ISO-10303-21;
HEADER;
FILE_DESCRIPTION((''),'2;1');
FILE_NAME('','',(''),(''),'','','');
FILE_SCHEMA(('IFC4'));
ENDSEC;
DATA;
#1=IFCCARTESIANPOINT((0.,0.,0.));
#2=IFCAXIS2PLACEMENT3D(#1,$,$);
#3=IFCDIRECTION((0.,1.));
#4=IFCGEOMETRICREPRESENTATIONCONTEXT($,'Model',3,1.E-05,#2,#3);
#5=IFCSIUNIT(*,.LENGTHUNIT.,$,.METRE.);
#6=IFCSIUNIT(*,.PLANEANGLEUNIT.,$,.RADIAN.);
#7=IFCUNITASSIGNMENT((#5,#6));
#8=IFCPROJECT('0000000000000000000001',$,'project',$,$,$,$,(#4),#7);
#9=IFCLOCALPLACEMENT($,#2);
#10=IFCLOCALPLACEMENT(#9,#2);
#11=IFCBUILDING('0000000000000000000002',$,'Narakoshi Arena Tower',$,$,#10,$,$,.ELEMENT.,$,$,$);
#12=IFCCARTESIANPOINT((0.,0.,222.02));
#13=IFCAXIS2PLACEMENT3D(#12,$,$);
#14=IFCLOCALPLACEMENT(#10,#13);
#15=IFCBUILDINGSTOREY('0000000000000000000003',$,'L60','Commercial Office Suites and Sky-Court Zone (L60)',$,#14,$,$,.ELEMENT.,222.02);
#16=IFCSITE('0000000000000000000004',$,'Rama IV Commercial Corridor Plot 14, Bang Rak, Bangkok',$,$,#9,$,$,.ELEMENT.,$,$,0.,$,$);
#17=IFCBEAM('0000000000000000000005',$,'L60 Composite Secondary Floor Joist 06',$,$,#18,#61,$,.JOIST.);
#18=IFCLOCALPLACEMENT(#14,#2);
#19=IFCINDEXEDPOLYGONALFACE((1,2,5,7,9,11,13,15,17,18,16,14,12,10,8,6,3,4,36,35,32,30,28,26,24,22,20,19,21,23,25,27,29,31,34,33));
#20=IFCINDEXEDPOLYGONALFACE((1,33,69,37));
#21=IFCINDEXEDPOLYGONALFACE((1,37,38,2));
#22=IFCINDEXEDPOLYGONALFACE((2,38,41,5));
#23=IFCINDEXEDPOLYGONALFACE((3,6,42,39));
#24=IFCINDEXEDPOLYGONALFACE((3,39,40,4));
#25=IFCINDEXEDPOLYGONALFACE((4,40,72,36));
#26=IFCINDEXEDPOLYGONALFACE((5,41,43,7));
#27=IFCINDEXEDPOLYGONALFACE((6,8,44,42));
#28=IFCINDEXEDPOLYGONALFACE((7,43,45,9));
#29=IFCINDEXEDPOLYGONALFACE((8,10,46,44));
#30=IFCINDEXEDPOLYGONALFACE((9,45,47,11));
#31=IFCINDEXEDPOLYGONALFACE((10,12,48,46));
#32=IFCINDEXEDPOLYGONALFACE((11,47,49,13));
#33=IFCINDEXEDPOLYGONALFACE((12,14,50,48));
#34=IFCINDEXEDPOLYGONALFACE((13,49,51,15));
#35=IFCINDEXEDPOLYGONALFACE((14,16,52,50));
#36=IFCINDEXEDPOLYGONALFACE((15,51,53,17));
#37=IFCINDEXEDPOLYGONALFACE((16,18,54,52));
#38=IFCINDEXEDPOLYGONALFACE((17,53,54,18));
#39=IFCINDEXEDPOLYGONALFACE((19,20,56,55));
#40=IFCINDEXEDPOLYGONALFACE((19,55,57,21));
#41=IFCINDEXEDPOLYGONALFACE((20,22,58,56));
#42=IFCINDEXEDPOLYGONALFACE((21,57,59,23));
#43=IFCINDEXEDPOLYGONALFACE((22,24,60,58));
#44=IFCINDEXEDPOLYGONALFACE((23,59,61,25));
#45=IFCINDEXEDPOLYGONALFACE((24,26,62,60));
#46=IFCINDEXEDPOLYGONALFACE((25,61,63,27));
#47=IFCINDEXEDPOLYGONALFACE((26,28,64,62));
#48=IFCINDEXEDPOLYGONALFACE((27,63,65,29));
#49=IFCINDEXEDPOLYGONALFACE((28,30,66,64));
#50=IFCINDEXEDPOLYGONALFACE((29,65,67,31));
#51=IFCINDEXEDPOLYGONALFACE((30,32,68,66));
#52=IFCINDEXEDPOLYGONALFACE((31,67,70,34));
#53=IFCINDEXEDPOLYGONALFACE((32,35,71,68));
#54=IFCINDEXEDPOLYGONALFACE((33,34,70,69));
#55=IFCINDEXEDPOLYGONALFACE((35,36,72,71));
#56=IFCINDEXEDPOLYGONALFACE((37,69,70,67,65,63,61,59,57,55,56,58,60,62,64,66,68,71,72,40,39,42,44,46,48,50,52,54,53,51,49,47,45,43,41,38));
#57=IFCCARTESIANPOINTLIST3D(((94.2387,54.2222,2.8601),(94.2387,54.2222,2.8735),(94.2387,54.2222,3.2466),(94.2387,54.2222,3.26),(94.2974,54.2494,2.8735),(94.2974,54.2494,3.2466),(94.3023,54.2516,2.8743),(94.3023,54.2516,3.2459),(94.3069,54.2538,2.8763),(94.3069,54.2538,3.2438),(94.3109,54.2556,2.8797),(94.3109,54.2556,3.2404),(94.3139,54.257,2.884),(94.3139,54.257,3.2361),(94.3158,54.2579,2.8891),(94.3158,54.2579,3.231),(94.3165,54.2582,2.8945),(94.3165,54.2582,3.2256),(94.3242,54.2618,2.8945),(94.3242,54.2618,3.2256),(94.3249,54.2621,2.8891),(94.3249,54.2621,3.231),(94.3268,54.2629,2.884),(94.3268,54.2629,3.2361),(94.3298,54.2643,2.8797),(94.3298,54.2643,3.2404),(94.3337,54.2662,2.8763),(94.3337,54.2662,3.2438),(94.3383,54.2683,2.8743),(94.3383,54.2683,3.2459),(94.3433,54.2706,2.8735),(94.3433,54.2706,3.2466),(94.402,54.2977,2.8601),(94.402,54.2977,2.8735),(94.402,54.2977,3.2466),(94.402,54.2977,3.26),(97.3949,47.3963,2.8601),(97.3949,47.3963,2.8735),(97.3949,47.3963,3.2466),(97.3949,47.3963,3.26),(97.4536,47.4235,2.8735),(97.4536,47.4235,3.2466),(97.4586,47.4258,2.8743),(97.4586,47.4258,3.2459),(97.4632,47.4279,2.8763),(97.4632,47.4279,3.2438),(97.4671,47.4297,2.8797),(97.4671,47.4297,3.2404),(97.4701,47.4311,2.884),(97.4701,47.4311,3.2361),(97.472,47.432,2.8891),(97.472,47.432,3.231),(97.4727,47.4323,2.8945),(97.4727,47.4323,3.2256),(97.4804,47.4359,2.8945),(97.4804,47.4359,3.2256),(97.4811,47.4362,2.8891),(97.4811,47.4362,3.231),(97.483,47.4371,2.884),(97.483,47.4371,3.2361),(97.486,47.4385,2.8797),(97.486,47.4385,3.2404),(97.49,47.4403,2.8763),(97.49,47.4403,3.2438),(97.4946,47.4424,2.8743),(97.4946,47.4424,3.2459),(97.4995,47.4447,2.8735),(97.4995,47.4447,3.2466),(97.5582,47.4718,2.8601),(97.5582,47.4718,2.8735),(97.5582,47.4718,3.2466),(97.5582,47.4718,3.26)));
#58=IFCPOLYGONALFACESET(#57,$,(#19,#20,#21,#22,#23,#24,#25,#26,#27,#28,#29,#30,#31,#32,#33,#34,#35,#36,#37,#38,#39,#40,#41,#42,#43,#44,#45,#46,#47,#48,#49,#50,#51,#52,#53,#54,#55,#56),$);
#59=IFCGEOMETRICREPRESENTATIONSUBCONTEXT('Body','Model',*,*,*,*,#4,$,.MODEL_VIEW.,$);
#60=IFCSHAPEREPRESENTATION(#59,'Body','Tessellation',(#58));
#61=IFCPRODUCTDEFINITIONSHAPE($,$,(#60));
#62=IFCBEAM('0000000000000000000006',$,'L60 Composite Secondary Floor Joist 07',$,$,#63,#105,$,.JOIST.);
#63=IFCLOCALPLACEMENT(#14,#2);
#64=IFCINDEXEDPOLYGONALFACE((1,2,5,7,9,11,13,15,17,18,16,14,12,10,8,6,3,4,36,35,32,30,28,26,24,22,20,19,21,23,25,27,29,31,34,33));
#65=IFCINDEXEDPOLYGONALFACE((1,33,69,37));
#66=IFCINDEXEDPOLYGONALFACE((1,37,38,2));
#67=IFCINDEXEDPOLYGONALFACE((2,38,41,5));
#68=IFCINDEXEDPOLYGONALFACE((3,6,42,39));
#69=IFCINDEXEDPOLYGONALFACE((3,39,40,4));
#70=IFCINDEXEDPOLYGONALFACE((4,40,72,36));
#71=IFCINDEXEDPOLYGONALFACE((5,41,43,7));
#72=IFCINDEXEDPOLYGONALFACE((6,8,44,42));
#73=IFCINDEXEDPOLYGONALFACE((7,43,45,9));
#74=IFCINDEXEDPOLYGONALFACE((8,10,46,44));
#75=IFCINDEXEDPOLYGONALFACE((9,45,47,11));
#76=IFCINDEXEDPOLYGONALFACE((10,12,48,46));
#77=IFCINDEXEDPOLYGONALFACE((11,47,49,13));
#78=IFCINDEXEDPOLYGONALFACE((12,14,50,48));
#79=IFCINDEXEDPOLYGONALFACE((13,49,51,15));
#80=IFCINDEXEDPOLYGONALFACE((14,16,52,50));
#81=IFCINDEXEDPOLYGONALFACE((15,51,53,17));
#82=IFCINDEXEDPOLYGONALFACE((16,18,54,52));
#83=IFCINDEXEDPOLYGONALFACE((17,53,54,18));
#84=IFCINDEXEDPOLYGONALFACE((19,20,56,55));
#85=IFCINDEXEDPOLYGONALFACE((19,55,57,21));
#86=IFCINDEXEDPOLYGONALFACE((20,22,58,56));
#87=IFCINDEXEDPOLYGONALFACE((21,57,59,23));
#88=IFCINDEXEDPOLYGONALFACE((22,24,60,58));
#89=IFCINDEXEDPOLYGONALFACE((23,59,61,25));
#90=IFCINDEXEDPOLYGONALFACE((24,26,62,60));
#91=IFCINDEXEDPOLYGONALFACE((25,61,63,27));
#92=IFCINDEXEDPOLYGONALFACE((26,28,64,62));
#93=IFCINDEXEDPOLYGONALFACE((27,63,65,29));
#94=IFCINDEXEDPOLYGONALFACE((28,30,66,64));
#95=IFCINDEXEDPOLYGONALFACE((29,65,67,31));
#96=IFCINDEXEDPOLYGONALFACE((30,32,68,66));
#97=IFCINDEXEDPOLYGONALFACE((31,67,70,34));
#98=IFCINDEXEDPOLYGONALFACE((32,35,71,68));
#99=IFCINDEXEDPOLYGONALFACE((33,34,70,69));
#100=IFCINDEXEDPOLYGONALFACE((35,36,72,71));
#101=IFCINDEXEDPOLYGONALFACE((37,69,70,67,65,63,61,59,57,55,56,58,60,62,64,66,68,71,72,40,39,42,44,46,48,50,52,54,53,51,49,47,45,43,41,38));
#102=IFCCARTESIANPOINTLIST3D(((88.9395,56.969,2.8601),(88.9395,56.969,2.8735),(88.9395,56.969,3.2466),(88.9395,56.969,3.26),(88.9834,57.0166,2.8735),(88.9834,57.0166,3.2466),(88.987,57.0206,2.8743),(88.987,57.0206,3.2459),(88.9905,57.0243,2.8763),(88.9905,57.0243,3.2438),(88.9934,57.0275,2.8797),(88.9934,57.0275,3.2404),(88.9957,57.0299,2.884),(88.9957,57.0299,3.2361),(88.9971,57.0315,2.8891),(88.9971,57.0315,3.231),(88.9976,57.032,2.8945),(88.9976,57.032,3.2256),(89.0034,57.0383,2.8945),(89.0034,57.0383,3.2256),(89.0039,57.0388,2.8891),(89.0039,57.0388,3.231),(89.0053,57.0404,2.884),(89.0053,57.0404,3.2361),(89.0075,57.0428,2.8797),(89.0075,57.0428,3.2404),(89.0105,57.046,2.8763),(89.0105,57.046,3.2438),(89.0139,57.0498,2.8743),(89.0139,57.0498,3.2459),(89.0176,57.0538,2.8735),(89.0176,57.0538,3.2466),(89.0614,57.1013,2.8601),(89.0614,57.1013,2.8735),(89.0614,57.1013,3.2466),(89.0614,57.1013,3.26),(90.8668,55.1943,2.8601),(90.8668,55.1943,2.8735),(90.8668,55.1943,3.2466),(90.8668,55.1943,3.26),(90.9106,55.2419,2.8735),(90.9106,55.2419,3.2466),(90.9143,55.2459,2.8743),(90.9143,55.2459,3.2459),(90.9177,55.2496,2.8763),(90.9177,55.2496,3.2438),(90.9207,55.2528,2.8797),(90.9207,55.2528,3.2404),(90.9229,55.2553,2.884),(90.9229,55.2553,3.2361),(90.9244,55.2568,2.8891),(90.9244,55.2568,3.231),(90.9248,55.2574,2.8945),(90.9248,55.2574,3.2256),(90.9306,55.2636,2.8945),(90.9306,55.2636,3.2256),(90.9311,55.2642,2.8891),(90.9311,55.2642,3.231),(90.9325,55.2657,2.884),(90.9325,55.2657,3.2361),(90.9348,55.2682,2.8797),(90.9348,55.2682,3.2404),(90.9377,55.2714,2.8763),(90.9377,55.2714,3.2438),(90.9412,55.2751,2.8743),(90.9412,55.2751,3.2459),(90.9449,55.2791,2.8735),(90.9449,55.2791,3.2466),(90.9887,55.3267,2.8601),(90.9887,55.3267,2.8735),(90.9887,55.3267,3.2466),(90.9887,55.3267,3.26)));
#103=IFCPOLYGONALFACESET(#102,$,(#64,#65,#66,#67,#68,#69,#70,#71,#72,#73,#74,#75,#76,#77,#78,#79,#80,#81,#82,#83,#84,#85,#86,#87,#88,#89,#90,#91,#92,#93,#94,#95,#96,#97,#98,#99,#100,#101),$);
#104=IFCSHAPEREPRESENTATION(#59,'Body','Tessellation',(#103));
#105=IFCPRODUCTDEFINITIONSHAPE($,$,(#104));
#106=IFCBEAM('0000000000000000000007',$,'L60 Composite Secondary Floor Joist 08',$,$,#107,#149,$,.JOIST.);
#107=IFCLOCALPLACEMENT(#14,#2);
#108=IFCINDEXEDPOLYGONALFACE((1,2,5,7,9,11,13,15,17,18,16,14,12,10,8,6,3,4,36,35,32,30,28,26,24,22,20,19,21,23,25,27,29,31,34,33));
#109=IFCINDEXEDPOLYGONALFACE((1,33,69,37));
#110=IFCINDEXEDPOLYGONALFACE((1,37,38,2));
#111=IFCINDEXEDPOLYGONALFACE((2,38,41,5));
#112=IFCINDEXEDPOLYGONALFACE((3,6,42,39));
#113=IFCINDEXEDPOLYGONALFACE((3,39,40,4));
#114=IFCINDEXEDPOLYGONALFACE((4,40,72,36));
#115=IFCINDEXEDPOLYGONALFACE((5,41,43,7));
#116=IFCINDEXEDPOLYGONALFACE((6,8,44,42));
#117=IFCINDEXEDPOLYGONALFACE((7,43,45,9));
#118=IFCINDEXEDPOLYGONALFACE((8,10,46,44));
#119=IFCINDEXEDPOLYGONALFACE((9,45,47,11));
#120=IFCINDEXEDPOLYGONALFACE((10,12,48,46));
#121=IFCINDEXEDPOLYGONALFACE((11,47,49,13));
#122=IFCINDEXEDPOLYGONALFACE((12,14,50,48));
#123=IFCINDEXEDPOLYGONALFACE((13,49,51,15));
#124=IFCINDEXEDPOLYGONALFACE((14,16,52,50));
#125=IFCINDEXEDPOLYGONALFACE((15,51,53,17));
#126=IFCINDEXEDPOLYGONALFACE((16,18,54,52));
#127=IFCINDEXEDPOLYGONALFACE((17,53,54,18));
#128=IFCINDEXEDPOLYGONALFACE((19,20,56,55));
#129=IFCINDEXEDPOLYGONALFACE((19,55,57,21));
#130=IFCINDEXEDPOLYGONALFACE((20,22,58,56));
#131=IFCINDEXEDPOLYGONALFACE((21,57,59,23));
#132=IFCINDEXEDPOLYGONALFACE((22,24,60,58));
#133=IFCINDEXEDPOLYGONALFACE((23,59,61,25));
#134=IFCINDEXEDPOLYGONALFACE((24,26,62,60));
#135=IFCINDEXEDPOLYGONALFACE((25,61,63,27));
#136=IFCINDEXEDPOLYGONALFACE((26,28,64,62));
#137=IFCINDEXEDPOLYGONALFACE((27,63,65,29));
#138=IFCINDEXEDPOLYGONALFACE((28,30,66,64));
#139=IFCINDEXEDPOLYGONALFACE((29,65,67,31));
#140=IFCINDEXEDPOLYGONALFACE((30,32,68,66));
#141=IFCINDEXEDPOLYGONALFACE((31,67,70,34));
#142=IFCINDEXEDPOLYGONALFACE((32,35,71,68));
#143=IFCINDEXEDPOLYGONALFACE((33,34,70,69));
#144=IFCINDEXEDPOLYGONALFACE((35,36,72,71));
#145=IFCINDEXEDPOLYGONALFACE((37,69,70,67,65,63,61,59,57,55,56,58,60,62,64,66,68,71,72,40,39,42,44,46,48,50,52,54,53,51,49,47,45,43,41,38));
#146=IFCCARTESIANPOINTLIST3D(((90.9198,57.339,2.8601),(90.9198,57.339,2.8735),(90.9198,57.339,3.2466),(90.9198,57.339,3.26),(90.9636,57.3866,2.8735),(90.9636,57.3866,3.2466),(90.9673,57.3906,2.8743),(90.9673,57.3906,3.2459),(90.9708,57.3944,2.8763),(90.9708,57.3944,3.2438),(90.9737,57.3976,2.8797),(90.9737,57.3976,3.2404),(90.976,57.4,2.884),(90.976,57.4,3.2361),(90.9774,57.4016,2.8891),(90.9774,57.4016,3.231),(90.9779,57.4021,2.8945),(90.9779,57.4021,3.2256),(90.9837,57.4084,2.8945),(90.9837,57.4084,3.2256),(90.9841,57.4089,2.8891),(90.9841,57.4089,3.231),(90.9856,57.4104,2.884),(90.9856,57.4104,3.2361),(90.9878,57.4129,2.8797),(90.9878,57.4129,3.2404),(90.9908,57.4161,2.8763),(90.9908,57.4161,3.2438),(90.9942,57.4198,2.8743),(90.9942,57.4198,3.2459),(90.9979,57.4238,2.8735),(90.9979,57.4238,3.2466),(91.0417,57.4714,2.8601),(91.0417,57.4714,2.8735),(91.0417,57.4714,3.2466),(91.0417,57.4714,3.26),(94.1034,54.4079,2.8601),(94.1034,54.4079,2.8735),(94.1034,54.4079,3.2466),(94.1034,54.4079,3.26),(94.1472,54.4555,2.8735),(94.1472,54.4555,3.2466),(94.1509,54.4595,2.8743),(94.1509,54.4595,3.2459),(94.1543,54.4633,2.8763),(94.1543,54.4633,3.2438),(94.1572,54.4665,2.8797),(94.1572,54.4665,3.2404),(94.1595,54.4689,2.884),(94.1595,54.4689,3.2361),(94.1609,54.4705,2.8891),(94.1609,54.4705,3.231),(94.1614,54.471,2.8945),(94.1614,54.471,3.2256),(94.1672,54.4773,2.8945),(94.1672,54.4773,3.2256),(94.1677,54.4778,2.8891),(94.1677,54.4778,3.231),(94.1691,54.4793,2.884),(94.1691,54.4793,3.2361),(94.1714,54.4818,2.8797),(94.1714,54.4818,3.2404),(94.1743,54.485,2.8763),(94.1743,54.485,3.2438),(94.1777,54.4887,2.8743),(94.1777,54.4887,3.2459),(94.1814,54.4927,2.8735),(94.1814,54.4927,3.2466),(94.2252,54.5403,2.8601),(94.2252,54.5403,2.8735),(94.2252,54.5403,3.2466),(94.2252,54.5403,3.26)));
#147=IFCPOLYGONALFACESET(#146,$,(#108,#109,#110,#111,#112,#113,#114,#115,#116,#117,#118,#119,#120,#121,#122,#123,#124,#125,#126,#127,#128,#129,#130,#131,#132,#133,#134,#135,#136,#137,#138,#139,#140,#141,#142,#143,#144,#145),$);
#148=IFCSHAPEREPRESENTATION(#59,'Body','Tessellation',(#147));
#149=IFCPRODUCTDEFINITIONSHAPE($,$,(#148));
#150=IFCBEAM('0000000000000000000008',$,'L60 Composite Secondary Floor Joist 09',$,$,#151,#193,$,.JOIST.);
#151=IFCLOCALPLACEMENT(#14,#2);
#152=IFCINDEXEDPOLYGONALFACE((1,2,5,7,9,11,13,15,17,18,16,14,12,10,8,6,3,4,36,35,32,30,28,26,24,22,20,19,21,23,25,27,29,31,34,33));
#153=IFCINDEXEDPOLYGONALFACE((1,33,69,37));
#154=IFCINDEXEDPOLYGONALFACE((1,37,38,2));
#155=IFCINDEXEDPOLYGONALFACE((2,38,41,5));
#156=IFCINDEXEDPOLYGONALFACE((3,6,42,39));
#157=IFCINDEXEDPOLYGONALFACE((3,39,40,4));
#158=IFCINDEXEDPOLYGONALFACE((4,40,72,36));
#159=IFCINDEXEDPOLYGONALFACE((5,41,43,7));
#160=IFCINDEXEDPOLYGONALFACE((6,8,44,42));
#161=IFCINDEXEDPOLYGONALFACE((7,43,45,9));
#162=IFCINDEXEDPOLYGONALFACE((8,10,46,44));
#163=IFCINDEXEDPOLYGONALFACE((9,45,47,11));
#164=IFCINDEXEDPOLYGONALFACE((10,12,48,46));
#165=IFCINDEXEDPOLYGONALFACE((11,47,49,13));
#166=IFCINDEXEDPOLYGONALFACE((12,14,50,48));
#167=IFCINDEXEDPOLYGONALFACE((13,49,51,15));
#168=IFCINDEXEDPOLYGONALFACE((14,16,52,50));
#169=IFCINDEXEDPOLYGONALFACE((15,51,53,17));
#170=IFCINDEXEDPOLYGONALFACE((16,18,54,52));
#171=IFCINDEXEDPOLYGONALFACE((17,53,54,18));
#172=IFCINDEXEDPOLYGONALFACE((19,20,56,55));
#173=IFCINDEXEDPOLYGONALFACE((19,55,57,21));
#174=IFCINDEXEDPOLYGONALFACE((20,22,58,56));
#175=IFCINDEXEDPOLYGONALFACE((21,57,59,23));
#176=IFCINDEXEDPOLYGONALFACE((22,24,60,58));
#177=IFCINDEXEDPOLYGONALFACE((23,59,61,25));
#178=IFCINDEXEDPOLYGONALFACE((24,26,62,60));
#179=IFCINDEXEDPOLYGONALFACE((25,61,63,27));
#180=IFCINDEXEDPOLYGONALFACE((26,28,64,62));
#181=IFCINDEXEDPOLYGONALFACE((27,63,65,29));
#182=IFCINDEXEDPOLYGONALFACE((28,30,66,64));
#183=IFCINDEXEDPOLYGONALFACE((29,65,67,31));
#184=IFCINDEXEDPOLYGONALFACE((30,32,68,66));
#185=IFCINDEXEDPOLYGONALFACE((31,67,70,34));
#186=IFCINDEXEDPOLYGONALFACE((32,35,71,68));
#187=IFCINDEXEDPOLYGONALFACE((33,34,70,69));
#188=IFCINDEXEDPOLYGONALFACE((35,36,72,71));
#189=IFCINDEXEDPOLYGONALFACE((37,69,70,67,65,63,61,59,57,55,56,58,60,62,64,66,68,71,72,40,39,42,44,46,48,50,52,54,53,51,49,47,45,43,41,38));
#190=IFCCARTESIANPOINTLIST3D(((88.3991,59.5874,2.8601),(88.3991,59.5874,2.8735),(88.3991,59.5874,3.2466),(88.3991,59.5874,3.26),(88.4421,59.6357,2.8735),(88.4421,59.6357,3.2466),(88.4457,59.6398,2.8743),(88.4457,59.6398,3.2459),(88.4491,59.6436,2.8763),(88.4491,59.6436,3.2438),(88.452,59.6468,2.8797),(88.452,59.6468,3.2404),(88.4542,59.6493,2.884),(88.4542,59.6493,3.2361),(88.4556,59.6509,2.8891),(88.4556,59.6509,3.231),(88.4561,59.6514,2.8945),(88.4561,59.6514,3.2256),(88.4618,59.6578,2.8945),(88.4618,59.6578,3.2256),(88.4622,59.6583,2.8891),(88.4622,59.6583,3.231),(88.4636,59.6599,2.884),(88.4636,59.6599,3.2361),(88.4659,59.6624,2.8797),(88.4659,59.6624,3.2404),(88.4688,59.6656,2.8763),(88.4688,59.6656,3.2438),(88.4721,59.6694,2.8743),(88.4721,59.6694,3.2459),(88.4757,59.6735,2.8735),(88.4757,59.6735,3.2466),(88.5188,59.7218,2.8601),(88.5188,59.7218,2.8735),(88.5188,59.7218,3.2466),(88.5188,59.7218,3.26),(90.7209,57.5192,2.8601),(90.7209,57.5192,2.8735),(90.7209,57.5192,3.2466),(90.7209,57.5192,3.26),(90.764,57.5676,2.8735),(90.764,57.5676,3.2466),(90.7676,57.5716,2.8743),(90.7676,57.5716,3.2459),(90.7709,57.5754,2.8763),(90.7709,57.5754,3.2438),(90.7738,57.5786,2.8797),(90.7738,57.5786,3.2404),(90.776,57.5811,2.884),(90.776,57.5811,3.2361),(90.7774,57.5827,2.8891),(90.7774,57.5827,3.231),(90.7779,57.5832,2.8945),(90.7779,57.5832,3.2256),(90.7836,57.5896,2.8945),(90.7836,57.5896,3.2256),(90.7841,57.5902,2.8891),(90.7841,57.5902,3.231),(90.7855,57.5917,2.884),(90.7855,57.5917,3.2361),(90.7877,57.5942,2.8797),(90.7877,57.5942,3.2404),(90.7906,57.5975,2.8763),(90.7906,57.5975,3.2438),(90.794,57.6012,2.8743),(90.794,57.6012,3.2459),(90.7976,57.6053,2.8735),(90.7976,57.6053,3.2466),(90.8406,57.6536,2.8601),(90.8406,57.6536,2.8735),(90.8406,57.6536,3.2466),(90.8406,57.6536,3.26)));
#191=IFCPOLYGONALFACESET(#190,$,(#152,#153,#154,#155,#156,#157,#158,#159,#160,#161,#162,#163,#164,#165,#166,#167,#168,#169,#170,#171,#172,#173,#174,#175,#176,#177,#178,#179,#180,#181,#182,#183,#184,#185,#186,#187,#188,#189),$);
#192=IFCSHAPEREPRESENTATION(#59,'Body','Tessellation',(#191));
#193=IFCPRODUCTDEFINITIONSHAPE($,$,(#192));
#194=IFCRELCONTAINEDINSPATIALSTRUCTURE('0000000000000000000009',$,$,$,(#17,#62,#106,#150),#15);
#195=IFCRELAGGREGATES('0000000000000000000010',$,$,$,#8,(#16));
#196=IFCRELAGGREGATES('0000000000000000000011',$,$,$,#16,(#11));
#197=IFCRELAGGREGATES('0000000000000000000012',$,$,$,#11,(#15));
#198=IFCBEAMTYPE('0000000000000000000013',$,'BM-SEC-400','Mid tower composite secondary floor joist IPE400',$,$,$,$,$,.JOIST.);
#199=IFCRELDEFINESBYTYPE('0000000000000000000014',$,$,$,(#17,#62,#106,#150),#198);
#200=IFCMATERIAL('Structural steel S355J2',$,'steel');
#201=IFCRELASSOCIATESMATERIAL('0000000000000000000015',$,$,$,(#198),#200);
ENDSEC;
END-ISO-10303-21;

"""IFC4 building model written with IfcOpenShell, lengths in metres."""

from ifc_helpers import new_model, si_unit, direction, frame, origin, origin_2d, place, context, subcontext, project, spatial, i_section, extrude, material, material_profile, profile_set, type_object, element, save


model = new_model("IFC4")

# Units and contexts
model_context = context("Model", 3, precision=1e-05, world=origin(), true_north=direction((0.0, 1.0)))
body_context = subcontext(model_context, "Body", "Model", "MODEL_VIEW")
ifc_project = project(units=[si_unit("LENGTHUNIT", "METRE"), si_unit("PLANEANGLEUNIT", "RADIAN")], contexts=[model_context])

# Site, building, storey
site_placement = place(None, origin())
site = spatial("IfcSite", under=ifc_project, at=site_placement, Name="Rama IV Commercial Corridor Plot 14, Bang Rak, Bangkok", CompositionType="ELEMENT", RefElevation=0.0)
building_placement = place(site_placement, origin())
building = spatial("IfcBuilding", under=site, at=building_placement, Name="Narakoshi Arena Tower", CompositionType="ELEMENT")
storey_placement = place(building_placement, frame((0.0, 0.0, 222.02)))
storey = spatial("IfcBuildingStorey", under=building, at=storey_placement, Name="L60", Description="Commercial Office Suites and Sky-Court Zone (L60)", CompositionType="ELEMENT", Elevation=222.02)

# Beams
ifc_material_1 = material(Name="Structural steel S355J2", Category="steel")
ifc_material_profile_1 = material_profile(ifc_material_1, i_section(OverallWidth=0.1799, OverallDepth=0.3999, WebThickness=0.0085, FlangeThickness=0.0134, FilletRadius=0.021, at=origin_2d()), Name="IPE400")
ifc_profile_set_1 = profile_set([ifc_material_profile_1], Name="Structural steel S355J2")
beam_type_1 = type_object("IfcBeamType", Name="BM-SEC-400", Description="Mid tower composite secondary floor joist IPE400", PredefinedType="JOIST", material=ifc_profile_set_1)
beam_1_placement = place(storey_placement, frame((97.4766, 47.4341, 3.0601), z_axis=(-0.419696, 0.907665, 0.0), x_axis=(-0.907665, -0.419696, 0.0)))
element("IfcBeam", 1, at=beam_1_placement, inside=storey, type_object=beam_type_1, Name="L60 Composite Secondary Floor Joist 06", PredefinedType="JOIST", context=body_context, shape_type="SweptSolid", body=[
    extrude(i_section(OverallWidth=0.1799, OverallDepth=0.3999, WebThickness=0.0085, FlangeThickness=0.0134, FilletRadius=0.021, at=origin_2d()), origin(), (0.0, 0.0, 1.0), 7.5203),
])
beam_2_placement = place(storey_placement, frame((90.9277, 55.2605, 3.0601), z_axis=(-0.735628, 0.677386, 0.0), x_axis=(-0.677386, -0.735628, 0.0)))
element("IfcBeam", 2, at=beam_2_placement, inside=storey, type_object=beam_type_1, Name="L60 Composite Secondary Floor Joist 07", PredefinedType="JOIST", context=body_context, shape_type="SweptSolid", body=[
    extrude(i_section(OverallWidth=0.1799, OverallDepth=0.3999, WebThickness=0.0085, FlangeThickness=0.0134, FilletRadius=0.021, at=origin_2d()), origin(), (0.0, 0.0, 1.0), 2.6199),
])
beam_3_placement = place(storey_placement, frame((94.1643, 54.4741, 3.0601), z_axis=(-0.735672, 0.677338, 0.0), x_axis=(-0.677338, -0.735672, 0.0)))
element("IfcBeam", 3, at=beam_3_placement, inside=storey, type_object=beam_type_1, Name="L60 Composite Secondary Floor Joist 08", PredefinedType="JOIST", context=body_context, shape_type="SweptSolid", body=[
    extrude(i_section(OverallWidth=0.1799, OverallDepth=0.3999, WebThickness=0.0085, FlangeThickness=0.0134, FilletRadius=0.021, at=origin_2d()), origin(), (0.0, 0.0, 1.0), 4.3274),
])
beam_4_placement = place(storey_placement, frame((90.7808, 57.5864, 3.0601), z_axis=(-0.74672, 0.665138, 0.0), x_axis=(-0.665138, -0.74672, 0.0)))
element("IfcBeam", 4, at=beam_4_placement, inside=storey, type_object=beam_type_1, Name="L60 Composite Secondary Floor Joist 09", PredefinedType="JOIST", context=body_context, shape_type="SweptSolid", body=[
    extrude(i_section(OverallWidth=0.1799, OverallDepth=0.3999, WebThickness=0.0085, FlangeThickness=0.0134, FilletRadius=0.021, at=origin_2d()), origin(), (0.0, 0.0, 1.0), 3.1094),
])

save(model, "model.ifc")
